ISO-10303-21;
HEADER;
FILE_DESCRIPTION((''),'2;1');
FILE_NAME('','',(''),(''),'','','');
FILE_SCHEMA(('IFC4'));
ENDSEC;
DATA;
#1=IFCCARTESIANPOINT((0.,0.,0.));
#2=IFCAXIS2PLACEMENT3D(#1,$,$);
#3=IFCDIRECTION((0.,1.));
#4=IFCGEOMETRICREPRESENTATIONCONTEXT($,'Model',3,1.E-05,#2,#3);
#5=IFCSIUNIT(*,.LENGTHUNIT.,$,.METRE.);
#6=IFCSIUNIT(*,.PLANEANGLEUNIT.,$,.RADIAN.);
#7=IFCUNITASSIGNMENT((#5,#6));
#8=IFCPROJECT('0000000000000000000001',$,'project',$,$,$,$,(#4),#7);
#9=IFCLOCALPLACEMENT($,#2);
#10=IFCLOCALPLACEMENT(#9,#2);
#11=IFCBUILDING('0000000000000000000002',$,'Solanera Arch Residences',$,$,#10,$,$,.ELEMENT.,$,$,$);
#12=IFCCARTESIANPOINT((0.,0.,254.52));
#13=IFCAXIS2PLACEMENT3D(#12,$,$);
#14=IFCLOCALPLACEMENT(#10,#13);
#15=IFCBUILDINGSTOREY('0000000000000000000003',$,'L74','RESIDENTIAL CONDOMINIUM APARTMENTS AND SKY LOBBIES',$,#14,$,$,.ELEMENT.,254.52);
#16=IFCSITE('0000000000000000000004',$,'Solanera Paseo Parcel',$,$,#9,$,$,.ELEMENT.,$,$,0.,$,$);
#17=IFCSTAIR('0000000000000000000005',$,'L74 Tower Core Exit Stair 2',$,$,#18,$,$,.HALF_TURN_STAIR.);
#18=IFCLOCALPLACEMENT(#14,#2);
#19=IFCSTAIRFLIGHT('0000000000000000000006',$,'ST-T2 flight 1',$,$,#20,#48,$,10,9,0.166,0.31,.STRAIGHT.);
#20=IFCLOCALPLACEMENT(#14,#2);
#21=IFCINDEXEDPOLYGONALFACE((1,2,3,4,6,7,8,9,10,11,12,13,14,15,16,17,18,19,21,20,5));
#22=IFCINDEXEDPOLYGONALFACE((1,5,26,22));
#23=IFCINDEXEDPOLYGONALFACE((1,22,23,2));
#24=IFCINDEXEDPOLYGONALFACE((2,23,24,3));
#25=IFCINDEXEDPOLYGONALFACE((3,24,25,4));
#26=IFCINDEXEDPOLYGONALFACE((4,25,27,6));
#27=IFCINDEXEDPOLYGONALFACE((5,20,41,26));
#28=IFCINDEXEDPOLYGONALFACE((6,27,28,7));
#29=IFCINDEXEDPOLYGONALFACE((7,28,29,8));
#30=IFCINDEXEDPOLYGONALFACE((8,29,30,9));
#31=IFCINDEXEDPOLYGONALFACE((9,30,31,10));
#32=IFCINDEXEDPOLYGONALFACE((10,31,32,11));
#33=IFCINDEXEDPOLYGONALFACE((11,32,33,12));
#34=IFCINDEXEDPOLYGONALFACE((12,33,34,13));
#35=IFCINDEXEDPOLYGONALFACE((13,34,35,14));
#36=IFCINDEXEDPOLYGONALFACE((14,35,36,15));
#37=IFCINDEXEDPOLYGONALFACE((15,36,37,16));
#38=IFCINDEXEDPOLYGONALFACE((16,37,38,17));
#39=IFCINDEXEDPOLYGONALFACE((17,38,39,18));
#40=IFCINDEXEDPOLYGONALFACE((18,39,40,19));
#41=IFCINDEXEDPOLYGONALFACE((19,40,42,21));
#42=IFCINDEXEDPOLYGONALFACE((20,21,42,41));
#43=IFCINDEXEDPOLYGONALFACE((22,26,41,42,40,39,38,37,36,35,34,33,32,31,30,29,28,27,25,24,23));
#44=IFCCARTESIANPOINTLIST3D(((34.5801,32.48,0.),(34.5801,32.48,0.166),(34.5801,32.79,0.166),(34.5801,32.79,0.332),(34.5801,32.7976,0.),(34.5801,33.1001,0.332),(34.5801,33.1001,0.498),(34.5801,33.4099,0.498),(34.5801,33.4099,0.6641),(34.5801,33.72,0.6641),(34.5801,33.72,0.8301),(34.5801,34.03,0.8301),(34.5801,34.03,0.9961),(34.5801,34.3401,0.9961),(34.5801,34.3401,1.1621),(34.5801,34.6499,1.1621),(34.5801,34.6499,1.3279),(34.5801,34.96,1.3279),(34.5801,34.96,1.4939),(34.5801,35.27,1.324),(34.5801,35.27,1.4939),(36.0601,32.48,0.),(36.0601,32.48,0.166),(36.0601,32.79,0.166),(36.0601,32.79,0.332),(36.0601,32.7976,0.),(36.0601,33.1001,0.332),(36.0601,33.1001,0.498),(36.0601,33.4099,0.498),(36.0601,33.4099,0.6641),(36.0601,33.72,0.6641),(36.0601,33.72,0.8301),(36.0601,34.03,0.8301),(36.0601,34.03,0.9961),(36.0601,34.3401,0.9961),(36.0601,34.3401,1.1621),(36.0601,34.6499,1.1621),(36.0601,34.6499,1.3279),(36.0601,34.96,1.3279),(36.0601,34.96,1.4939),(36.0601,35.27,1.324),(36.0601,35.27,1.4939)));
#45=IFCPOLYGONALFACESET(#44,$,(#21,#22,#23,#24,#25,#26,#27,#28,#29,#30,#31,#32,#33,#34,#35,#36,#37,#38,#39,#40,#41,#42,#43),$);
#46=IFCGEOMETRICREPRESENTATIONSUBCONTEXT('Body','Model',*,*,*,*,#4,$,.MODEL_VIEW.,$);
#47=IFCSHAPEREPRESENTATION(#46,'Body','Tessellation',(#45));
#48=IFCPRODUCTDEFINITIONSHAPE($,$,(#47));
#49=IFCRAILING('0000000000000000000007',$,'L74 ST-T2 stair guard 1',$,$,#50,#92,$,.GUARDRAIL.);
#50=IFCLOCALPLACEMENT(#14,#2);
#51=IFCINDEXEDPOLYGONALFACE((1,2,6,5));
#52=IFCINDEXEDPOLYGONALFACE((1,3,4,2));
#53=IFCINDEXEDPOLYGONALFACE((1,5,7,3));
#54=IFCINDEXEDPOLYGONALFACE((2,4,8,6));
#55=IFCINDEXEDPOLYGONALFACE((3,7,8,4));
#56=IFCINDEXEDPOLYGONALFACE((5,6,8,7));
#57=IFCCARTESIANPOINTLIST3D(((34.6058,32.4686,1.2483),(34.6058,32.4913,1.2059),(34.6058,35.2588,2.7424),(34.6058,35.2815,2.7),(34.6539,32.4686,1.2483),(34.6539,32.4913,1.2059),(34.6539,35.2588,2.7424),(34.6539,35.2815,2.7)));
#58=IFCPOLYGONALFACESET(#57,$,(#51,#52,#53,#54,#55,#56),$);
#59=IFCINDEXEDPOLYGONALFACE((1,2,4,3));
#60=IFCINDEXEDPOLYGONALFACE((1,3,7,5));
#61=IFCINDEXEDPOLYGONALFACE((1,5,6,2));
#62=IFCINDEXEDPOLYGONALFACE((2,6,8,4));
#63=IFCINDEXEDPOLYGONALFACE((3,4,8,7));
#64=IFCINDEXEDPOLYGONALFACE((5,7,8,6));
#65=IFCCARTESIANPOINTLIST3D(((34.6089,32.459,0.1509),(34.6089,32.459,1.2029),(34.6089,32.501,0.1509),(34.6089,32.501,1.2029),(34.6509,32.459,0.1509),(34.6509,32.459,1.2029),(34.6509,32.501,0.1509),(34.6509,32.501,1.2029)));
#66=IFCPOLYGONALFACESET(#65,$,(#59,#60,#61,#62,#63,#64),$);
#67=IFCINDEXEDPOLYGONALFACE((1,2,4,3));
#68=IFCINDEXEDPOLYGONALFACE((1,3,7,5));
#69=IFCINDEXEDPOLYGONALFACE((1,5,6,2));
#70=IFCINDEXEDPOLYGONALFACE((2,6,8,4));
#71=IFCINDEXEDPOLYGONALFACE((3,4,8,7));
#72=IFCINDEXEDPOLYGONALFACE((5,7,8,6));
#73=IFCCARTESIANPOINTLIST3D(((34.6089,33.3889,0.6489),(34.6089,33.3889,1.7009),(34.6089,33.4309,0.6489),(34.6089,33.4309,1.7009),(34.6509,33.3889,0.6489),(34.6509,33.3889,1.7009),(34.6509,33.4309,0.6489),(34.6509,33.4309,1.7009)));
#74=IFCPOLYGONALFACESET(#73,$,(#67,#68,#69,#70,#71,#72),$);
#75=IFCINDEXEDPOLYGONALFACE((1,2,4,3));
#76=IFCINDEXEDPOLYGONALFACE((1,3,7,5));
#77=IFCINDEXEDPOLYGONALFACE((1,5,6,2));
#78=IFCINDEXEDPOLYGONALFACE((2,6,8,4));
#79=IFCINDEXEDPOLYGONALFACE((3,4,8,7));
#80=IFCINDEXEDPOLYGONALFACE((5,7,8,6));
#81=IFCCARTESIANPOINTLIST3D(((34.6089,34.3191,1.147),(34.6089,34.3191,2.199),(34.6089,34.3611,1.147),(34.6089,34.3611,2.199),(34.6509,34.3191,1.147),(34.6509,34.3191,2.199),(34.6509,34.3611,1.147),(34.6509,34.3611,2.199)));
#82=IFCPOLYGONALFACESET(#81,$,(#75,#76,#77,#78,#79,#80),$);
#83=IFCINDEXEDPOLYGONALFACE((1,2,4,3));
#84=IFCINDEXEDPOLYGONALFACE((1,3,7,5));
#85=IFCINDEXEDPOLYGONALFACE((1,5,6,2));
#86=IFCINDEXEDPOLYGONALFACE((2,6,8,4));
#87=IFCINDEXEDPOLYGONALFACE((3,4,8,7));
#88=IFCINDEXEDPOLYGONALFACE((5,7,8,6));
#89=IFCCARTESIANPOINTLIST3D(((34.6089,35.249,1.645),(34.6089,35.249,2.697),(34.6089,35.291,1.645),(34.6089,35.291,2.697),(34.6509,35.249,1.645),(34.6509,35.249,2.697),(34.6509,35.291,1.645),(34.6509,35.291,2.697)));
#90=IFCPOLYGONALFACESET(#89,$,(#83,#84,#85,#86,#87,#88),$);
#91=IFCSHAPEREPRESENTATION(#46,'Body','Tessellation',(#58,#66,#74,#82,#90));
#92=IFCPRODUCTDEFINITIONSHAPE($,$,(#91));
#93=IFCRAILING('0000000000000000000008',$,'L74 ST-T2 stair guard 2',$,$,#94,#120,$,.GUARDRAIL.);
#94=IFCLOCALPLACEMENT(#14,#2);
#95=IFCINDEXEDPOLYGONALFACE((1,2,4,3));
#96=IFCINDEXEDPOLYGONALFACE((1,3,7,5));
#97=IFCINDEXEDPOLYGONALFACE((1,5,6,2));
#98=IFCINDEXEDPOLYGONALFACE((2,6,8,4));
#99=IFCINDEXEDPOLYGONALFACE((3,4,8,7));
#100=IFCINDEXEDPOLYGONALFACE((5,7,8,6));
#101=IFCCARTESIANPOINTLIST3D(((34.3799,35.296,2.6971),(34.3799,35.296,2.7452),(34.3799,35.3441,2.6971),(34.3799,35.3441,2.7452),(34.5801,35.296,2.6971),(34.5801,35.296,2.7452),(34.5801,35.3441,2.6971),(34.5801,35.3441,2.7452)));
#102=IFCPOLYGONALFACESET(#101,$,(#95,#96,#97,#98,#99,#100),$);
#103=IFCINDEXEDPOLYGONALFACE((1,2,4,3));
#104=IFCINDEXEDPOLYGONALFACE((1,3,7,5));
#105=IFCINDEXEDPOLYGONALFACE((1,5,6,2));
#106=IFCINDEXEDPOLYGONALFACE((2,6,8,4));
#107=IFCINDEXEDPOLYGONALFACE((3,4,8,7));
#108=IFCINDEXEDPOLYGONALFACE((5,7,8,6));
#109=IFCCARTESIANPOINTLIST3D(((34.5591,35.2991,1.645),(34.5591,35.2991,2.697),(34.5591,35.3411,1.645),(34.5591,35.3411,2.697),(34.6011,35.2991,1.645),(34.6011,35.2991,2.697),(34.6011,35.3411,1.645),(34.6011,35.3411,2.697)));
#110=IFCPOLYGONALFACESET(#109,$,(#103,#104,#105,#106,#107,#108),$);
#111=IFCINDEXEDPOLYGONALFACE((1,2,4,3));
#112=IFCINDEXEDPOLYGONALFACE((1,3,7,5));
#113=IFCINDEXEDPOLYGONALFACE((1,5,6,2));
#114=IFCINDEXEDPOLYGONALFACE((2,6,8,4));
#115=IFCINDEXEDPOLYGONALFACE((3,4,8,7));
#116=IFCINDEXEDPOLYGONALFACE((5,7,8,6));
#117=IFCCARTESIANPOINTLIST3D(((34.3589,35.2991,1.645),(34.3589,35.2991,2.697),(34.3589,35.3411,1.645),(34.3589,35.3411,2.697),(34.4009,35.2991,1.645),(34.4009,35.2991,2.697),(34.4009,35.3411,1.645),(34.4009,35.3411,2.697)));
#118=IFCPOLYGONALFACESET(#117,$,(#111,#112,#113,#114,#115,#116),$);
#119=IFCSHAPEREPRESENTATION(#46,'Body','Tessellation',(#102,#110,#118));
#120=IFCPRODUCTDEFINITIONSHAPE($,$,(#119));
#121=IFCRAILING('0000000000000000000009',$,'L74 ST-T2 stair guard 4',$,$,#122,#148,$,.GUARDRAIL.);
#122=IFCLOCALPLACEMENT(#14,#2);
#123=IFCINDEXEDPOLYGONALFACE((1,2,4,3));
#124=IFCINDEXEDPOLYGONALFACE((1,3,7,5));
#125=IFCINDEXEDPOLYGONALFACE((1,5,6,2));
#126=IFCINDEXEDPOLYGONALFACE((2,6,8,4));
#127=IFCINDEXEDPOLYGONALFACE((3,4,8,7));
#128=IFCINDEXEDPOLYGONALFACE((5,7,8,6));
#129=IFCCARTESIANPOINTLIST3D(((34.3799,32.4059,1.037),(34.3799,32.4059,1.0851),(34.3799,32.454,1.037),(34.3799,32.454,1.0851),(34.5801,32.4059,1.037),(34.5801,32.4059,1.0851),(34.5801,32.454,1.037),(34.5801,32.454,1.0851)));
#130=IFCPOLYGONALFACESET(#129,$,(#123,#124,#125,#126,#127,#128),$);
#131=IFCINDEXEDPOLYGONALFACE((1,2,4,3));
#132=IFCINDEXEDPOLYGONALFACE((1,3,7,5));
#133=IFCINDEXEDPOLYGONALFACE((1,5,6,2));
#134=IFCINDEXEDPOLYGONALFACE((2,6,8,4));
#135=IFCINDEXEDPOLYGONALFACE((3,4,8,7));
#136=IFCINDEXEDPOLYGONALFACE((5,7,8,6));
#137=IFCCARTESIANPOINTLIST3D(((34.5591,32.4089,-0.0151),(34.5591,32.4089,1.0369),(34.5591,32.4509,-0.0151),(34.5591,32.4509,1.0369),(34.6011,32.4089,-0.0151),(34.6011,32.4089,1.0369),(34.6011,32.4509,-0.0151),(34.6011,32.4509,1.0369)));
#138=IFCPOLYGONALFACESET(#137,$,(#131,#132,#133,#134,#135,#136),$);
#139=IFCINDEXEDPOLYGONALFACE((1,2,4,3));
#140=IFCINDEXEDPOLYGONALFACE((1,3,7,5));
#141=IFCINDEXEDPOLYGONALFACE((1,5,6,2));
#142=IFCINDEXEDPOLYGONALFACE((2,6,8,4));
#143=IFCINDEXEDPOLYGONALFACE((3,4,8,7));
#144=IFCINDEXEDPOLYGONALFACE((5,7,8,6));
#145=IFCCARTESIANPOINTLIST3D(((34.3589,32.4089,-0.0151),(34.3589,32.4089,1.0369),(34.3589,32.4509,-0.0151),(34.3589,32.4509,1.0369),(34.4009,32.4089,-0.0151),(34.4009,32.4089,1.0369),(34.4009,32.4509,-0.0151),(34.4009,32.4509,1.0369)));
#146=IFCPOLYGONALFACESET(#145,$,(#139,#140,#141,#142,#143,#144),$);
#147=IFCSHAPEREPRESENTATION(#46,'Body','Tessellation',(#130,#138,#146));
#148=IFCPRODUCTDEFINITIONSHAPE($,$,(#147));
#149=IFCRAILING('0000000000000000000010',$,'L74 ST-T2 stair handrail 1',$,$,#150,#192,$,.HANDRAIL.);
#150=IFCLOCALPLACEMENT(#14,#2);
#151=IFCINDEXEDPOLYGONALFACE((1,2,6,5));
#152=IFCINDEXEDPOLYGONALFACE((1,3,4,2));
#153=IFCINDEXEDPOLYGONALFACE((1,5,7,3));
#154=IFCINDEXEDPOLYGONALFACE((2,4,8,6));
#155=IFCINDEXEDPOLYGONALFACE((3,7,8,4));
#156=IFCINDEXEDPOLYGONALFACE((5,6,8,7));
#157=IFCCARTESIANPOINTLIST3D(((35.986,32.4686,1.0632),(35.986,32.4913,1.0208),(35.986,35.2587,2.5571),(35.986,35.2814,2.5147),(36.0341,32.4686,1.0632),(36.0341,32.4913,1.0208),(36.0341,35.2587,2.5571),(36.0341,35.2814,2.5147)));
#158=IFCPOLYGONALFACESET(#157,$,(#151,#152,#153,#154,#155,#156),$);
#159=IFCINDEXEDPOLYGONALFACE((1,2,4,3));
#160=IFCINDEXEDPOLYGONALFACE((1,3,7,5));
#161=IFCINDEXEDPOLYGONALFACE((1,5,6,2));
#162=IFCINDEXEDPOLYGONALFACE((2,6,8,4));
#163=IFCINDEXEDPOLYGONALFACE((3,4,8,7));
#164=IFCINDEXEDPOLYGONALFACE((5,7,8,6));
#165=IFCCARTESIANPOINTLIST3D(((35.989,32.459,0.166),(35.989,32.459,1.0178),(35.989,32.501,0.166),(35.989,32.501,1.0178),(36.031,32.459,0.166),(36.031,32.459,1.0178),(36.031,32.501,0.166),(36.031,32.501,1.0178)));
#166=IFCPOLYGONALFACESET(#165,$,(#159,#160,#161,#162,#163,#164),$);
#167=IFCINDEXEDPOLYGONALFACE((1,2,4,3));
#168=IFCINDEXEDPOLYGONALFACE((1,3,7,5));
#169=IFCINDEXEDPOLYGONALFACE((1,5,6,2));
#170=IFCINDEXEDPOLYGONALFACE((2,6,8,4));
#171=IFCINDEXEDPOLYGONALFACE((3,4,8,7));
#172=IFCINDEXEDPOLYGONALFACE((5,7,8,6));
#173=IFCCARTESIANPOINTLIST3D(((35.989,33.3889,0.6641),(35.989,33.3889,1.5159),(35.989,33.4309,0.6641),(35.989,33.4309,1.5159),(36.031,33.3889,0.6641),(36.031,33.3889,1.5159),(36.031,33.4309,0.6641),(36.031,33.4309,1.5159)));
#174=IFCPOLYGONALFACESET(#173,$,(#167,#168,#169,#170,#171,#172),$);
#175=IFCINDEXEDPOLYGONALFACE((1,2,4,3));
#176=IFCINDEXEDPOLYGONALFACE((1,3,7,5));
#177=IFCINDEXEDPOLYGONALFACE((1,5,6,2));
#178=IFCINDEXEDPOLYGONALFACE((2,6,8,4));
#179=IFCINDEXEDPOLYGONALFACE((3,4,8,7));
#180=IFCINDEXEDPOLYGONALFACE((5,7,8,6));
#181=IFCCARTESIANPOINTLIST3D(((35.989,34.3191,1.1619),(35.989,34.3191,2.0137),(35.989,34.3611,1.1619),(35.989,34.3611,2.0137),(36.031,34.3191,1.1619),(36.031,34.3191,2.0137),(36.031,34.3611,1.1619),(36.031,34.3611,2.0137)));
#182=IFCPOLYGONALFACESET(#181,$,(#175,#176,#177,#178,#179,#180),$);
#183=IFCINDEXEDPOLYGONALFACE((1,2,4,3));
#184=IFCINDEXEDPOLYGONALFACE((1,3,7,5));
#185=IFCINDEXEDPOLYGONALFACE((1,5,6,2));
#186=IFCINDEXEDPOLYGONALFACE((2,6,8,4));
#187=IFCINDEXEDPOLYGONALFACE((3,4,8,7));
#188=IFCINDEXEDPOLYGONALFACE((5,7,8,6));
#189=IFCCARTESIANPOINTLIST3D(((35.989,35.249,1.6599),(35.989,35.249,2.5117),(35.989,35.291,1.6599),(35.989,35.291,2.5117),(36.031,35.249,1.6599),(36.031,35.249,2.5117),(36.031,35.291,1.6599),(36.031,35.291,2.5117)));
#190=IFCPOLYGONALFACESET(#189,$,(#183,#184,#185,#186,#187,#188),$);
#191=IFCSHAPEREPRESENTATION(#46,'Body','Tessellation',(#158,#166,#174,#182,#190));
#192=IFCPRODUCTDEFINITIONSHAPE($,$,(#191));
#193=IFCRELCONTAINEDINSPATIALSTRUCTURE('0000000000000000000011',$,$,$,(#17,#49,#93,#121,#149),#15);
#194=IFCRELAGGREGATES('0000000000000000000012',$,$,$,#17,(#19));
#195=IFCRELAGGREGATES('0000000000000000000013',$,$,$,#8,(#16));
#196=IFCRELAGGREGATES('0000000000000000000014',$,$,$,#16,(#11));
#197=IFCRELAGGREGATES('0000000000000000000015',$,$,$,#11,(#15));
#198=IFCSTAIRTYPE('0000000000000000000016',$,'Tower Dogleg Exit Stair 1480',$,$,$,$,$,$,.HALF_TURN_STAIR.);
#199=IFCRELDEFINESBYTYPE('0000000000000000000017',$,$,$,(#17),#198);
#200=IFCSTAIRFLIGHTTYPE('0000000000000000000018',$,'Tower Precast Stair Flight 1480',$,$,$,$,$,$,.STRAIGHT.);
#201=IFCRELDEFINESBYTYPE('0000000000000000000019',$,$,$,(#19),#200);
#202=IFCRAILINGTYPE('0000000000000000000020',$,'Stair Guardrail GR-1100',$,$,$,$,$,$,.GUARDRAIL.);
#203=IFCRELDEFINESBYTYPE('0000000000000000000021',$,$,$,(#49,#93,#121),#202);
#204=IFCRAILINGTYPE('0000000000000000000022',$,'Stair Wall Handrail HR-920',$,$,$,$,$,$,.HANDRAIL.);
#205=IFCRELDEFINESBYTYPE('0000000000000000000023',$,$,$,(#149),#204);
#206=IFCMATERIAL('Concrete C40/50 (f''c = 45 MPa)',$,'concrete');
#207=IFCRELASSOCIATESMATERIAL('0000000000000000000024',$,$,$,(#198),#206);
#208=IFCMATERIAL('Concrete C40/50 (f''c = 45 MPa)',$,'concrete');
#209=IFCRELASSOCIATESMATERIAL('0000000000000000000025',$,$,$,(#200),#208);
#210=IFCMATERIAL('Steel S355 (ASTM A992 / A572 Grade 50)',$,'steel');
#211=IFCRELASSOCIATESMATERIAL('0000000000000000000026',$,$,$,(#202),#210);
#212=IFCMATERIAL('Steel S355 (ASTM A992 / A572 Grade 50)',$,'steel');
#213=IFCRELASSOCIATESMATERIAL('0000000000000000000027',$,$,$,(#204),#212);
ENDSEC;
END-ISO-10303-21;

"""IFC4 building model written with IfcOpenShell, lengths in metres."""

from ifc_helpers import new_model, si_unit, direction, frame, origin, origin_2d, place, context, subcontext, project, spatial, polyline, rectangle, outline, extrude, material, type_object, element, aggregate, save


model = new_model("IFC4")

# Units and contexts
model_context = context("Model", 3, precision=1e-05, world=origin(), true_north=direction((0.0, 1.0)))
body_context = subcontext(model_context, "Body", "Model", "MODEL_VIEW")
ifc_project = project(units=[si_unit("LENGTHUNIT", "METRE"), si_unit("PLANEANGLEUNIT", "RADIAN")], contexts=[model_context])

# Site, building, storey
site_placement = place(None, origin())
site = spatial("IfcSite", under=ifc_project, at=site_placement, Name="Solanera Paseo Parcel", CompositionType="ELEMENT", RefElevation=0.0)
building_placement = place(site_placement, origin())
building = spatial("IfcBuilding", under=site, at=building_placement, Name="Solanera Arch Residences", CompositionType="ELEMENT")
storey_placement = place(building_placement, frame((0.0, 0.0, 254.52)))
storey = spatial("IfcBuildingStorey", under=building, at=storey_placement, Name="L74", Description="RESIDENTIAL CONDOMINIUM APARTMENTS AND SKY LOBBIES", CompositionType="ELEMENT", Elevation=254.52)

# Stair, stair flight
ifc_material_1 = material(Name="Concrete C40/50 (f'c = 45 MPa)", Category="concrete")
stair_type = type_object("IfcStairType", Name="Tower Dogleg Exit Stair 1480", PredefinedType="HALF_TURN_STAIR", material=ifc_material_1)
stair_placement = place(storey_placement, origin())
stair = element("IfcStair", 1, at=stair_placement, inside=storey, type_object=stair_type, Name="L74 Tower Core Exit Stair 2", PredefinedType="HALF_TURN_STAIR")
ifc_material_2 = material(Name="Concrete C40/50 (f'c = 45 MPa)", Category="concrete")
stair_flight_type = type_object("IfcStairFlightType", Name="Tower Precast Stair Flight 1480", PredefinedType="STRAIGHT", material=ifc_material_2)
stair_flight_placement = place(storey_placement, frame((35.3201, 32.48, 0.0), z_axis=(0.0, 0.0, 1.0), x_axis=(0.0, 1.0, 0.0)))
stair_flight = element("IfcStairFlight", 2, at=stair_flight_placement, type_object=stair_flight_type, Name="ST-T2 flight 1", NumberOfRisers=10, NumberOfTreads=9, PredefinedType="STRAIGHT", RiserHeight=0.166, TreadLength=0.31, context=body_context, shape_type="SweptSolid", body=[
    extrude(outline(polyline([(0.0, 0.0), (0.0, 0.166), (0.3101, 0.166), (0.3101, 0.332), (0.6201, 0.332), (0.6201, 0.498), (0.9299, 0.498), (0.9299, 0.6641), (1.24, 0.6641), (1.24, 0.8301), (1.55, 0.8301), (1.55, 0.9961), (1.8601, 0.9961), (1.8601, 1.1621), (2.1699, 1.1621), (2.1699, 1.3279), (2.48, 1.3279), (2.48, 1.4939), (2.79, 1.4939), (2.79, 1.6599), (2.79, 1.324), (0.3176, 0.0), (0.0, 0.0)])), frame((0.0, 0.74, 0.0), z_axis=(0.0, -1.0, 0.0), x_axis=(1.0, 0.0, 0.0)), (0.0, 0.0, 1.0), 1.48),
])
aggregate(stair, [stair_flight])

# Railings
ifc_material_3 = material(Name="Steel S355 (ASTM A992 / A572 Grade 50)", Category="steel")
railing_type_1 = type_object("IfcRailingType", Name="Stair Guardrail GR-1100", PredefinedType="GUARDRAIL", material=ifc_material_3)
railing_1_placement = place(storey_placement, frame((34.6299, 32.48, 0.1509)))
element("IfcRailing", 3, at=railing_1_placement, inside=storey, type_object=railing_type_1, Name="L74 ST-T2 stair guard 1", PredefinedType="GUARDRAIL", context=body_context, shape_type="SweptSolid", body=[
    extrude(rectangle(XDim=0.0481, YDim=0.0481, at=origin_2d()), frame((0.0, 0.0, 1.0762), z_axis=(0.0, 0.881549, 0.472093), x_axis=(-1.0, 0.0, 0.0)), (0.0, 0.0, 1.0), 3.165),
    extrude(rectangle(XDim=0.042, YDim=0.042, at=origin_2d()), origin(), (0.0, 0.0, 1.0), 1.052),
    extrude(rectangle(XDim=0.042, YDim=0.042, at=origin_2d()), frame((0.0, 0.9299, 0.498)), (0.0, 0.0, 1.0), 1.052),
    extrude(rectangle(XDim=0.042, YDim=0.042, at=origin_2d()), frame((0.0, 1.8601, 0.9961)), (0.0, 0.0, 1.0), 1.052),
    extrude(rectangle(XDim=0.042, YDim=0.042, at=origin_2d()), frame((0.0, 2.79, 1.4941)), (0.0, 0.0, 1.0), 1.052),
])
for number, where, name in (
    (4, (34.5801, 35.3201, 1.645), "L74 ST-T2 stair guard 2"),
    (5, (34.5801, 32.4299, -0.0151), "L74 ST-T2 stair guard 4"),
):
    element("IfcRailing", number, at=place(storey_placement, frame(where)), inside=storey, type_object=railing_type_1, Name=name, PredefinedType="GUARDRAIL", context=body_context, shape_type="SweptSolid", body=[
        extrude(rectangle(XDim=0.0481, YDim=0.0481, at=origin_2d()), frame((0.0, 0.0, 1.0762), z_axis=(-1.0, 0.0, 0.0), x_axis=(0.0, -1.0, 0.0)), (0.0, 0.0, 1.0), 0.2002),
        extrude(rectangle(XDim=0.042, YDim=0.042, at=origin_2d()), origin(), (0.0, 0.0, 1.0), 1.052),
        extrude(rectangle(XDim=0.042, YDim=0.042, at=origin_2d()), frame((-0.2002, 0.0, 0.0)), (0.0, 0.0, 1.0), 1.052),
    ])
ifc_material_4 = material(Name="Steel S355 (ASTM A992 / A572 Grade 50)", Category="steel")
railing_type_2 = type_object("IfcRailingType", Name="Stair Wall Handrail HR-920", PredefinedType="HANDRAIL", material=ifc_material_4)
railing_2_placement = place(storey_placement, frame((36.01, 32.48, 0.166)))
element("IfcRailing", 6, at=railing_2_placement, inside=storey, type_object=railing_type_2, Name="L74 ST-T2 stair handrail 1", PredefinedType="HANDRAIL", context=body_context, shape_type="SweptSolid", body=[
    extrude(rectangle(XDim=0.0481, YDim=0.0481, at=origin_2d()), frame((0.0, 0.0, 0.876), z_axis=(0.0, 0.881581, 0.472033), x_axis=(-1.0, 0.0, 0.0)), (0.0, 0.0, 1.0), 3.1648),
    extrude(rectangle(XDim=0.042, YDim=0.042, at=origin_2d()), origin(), (0.0, 0.0, 1.0), 0.8518),
    extrude(rectangle(XDim=0.042, YDim=0.042, at=origin_2d()), frame((0.0, 0.9299, 0.498)), (0.0, 0.0, 1.0), 0.8518),
    extrude(rectangle(XDim=0.042, YDim=0.042, at=origin_2d()), frame((0.0, 1.8601, 0.9958)), (0.0, 0.0, 1.0), 0.8518),
    extrude(rectangle(XDim=0.042, YDim=0.042, at=origin_2d()), frame((0.0, 2.79, 1.4939)), (0.0, 0.0, 1.0), 0.8518),
])

save(model, "model.ifc")
